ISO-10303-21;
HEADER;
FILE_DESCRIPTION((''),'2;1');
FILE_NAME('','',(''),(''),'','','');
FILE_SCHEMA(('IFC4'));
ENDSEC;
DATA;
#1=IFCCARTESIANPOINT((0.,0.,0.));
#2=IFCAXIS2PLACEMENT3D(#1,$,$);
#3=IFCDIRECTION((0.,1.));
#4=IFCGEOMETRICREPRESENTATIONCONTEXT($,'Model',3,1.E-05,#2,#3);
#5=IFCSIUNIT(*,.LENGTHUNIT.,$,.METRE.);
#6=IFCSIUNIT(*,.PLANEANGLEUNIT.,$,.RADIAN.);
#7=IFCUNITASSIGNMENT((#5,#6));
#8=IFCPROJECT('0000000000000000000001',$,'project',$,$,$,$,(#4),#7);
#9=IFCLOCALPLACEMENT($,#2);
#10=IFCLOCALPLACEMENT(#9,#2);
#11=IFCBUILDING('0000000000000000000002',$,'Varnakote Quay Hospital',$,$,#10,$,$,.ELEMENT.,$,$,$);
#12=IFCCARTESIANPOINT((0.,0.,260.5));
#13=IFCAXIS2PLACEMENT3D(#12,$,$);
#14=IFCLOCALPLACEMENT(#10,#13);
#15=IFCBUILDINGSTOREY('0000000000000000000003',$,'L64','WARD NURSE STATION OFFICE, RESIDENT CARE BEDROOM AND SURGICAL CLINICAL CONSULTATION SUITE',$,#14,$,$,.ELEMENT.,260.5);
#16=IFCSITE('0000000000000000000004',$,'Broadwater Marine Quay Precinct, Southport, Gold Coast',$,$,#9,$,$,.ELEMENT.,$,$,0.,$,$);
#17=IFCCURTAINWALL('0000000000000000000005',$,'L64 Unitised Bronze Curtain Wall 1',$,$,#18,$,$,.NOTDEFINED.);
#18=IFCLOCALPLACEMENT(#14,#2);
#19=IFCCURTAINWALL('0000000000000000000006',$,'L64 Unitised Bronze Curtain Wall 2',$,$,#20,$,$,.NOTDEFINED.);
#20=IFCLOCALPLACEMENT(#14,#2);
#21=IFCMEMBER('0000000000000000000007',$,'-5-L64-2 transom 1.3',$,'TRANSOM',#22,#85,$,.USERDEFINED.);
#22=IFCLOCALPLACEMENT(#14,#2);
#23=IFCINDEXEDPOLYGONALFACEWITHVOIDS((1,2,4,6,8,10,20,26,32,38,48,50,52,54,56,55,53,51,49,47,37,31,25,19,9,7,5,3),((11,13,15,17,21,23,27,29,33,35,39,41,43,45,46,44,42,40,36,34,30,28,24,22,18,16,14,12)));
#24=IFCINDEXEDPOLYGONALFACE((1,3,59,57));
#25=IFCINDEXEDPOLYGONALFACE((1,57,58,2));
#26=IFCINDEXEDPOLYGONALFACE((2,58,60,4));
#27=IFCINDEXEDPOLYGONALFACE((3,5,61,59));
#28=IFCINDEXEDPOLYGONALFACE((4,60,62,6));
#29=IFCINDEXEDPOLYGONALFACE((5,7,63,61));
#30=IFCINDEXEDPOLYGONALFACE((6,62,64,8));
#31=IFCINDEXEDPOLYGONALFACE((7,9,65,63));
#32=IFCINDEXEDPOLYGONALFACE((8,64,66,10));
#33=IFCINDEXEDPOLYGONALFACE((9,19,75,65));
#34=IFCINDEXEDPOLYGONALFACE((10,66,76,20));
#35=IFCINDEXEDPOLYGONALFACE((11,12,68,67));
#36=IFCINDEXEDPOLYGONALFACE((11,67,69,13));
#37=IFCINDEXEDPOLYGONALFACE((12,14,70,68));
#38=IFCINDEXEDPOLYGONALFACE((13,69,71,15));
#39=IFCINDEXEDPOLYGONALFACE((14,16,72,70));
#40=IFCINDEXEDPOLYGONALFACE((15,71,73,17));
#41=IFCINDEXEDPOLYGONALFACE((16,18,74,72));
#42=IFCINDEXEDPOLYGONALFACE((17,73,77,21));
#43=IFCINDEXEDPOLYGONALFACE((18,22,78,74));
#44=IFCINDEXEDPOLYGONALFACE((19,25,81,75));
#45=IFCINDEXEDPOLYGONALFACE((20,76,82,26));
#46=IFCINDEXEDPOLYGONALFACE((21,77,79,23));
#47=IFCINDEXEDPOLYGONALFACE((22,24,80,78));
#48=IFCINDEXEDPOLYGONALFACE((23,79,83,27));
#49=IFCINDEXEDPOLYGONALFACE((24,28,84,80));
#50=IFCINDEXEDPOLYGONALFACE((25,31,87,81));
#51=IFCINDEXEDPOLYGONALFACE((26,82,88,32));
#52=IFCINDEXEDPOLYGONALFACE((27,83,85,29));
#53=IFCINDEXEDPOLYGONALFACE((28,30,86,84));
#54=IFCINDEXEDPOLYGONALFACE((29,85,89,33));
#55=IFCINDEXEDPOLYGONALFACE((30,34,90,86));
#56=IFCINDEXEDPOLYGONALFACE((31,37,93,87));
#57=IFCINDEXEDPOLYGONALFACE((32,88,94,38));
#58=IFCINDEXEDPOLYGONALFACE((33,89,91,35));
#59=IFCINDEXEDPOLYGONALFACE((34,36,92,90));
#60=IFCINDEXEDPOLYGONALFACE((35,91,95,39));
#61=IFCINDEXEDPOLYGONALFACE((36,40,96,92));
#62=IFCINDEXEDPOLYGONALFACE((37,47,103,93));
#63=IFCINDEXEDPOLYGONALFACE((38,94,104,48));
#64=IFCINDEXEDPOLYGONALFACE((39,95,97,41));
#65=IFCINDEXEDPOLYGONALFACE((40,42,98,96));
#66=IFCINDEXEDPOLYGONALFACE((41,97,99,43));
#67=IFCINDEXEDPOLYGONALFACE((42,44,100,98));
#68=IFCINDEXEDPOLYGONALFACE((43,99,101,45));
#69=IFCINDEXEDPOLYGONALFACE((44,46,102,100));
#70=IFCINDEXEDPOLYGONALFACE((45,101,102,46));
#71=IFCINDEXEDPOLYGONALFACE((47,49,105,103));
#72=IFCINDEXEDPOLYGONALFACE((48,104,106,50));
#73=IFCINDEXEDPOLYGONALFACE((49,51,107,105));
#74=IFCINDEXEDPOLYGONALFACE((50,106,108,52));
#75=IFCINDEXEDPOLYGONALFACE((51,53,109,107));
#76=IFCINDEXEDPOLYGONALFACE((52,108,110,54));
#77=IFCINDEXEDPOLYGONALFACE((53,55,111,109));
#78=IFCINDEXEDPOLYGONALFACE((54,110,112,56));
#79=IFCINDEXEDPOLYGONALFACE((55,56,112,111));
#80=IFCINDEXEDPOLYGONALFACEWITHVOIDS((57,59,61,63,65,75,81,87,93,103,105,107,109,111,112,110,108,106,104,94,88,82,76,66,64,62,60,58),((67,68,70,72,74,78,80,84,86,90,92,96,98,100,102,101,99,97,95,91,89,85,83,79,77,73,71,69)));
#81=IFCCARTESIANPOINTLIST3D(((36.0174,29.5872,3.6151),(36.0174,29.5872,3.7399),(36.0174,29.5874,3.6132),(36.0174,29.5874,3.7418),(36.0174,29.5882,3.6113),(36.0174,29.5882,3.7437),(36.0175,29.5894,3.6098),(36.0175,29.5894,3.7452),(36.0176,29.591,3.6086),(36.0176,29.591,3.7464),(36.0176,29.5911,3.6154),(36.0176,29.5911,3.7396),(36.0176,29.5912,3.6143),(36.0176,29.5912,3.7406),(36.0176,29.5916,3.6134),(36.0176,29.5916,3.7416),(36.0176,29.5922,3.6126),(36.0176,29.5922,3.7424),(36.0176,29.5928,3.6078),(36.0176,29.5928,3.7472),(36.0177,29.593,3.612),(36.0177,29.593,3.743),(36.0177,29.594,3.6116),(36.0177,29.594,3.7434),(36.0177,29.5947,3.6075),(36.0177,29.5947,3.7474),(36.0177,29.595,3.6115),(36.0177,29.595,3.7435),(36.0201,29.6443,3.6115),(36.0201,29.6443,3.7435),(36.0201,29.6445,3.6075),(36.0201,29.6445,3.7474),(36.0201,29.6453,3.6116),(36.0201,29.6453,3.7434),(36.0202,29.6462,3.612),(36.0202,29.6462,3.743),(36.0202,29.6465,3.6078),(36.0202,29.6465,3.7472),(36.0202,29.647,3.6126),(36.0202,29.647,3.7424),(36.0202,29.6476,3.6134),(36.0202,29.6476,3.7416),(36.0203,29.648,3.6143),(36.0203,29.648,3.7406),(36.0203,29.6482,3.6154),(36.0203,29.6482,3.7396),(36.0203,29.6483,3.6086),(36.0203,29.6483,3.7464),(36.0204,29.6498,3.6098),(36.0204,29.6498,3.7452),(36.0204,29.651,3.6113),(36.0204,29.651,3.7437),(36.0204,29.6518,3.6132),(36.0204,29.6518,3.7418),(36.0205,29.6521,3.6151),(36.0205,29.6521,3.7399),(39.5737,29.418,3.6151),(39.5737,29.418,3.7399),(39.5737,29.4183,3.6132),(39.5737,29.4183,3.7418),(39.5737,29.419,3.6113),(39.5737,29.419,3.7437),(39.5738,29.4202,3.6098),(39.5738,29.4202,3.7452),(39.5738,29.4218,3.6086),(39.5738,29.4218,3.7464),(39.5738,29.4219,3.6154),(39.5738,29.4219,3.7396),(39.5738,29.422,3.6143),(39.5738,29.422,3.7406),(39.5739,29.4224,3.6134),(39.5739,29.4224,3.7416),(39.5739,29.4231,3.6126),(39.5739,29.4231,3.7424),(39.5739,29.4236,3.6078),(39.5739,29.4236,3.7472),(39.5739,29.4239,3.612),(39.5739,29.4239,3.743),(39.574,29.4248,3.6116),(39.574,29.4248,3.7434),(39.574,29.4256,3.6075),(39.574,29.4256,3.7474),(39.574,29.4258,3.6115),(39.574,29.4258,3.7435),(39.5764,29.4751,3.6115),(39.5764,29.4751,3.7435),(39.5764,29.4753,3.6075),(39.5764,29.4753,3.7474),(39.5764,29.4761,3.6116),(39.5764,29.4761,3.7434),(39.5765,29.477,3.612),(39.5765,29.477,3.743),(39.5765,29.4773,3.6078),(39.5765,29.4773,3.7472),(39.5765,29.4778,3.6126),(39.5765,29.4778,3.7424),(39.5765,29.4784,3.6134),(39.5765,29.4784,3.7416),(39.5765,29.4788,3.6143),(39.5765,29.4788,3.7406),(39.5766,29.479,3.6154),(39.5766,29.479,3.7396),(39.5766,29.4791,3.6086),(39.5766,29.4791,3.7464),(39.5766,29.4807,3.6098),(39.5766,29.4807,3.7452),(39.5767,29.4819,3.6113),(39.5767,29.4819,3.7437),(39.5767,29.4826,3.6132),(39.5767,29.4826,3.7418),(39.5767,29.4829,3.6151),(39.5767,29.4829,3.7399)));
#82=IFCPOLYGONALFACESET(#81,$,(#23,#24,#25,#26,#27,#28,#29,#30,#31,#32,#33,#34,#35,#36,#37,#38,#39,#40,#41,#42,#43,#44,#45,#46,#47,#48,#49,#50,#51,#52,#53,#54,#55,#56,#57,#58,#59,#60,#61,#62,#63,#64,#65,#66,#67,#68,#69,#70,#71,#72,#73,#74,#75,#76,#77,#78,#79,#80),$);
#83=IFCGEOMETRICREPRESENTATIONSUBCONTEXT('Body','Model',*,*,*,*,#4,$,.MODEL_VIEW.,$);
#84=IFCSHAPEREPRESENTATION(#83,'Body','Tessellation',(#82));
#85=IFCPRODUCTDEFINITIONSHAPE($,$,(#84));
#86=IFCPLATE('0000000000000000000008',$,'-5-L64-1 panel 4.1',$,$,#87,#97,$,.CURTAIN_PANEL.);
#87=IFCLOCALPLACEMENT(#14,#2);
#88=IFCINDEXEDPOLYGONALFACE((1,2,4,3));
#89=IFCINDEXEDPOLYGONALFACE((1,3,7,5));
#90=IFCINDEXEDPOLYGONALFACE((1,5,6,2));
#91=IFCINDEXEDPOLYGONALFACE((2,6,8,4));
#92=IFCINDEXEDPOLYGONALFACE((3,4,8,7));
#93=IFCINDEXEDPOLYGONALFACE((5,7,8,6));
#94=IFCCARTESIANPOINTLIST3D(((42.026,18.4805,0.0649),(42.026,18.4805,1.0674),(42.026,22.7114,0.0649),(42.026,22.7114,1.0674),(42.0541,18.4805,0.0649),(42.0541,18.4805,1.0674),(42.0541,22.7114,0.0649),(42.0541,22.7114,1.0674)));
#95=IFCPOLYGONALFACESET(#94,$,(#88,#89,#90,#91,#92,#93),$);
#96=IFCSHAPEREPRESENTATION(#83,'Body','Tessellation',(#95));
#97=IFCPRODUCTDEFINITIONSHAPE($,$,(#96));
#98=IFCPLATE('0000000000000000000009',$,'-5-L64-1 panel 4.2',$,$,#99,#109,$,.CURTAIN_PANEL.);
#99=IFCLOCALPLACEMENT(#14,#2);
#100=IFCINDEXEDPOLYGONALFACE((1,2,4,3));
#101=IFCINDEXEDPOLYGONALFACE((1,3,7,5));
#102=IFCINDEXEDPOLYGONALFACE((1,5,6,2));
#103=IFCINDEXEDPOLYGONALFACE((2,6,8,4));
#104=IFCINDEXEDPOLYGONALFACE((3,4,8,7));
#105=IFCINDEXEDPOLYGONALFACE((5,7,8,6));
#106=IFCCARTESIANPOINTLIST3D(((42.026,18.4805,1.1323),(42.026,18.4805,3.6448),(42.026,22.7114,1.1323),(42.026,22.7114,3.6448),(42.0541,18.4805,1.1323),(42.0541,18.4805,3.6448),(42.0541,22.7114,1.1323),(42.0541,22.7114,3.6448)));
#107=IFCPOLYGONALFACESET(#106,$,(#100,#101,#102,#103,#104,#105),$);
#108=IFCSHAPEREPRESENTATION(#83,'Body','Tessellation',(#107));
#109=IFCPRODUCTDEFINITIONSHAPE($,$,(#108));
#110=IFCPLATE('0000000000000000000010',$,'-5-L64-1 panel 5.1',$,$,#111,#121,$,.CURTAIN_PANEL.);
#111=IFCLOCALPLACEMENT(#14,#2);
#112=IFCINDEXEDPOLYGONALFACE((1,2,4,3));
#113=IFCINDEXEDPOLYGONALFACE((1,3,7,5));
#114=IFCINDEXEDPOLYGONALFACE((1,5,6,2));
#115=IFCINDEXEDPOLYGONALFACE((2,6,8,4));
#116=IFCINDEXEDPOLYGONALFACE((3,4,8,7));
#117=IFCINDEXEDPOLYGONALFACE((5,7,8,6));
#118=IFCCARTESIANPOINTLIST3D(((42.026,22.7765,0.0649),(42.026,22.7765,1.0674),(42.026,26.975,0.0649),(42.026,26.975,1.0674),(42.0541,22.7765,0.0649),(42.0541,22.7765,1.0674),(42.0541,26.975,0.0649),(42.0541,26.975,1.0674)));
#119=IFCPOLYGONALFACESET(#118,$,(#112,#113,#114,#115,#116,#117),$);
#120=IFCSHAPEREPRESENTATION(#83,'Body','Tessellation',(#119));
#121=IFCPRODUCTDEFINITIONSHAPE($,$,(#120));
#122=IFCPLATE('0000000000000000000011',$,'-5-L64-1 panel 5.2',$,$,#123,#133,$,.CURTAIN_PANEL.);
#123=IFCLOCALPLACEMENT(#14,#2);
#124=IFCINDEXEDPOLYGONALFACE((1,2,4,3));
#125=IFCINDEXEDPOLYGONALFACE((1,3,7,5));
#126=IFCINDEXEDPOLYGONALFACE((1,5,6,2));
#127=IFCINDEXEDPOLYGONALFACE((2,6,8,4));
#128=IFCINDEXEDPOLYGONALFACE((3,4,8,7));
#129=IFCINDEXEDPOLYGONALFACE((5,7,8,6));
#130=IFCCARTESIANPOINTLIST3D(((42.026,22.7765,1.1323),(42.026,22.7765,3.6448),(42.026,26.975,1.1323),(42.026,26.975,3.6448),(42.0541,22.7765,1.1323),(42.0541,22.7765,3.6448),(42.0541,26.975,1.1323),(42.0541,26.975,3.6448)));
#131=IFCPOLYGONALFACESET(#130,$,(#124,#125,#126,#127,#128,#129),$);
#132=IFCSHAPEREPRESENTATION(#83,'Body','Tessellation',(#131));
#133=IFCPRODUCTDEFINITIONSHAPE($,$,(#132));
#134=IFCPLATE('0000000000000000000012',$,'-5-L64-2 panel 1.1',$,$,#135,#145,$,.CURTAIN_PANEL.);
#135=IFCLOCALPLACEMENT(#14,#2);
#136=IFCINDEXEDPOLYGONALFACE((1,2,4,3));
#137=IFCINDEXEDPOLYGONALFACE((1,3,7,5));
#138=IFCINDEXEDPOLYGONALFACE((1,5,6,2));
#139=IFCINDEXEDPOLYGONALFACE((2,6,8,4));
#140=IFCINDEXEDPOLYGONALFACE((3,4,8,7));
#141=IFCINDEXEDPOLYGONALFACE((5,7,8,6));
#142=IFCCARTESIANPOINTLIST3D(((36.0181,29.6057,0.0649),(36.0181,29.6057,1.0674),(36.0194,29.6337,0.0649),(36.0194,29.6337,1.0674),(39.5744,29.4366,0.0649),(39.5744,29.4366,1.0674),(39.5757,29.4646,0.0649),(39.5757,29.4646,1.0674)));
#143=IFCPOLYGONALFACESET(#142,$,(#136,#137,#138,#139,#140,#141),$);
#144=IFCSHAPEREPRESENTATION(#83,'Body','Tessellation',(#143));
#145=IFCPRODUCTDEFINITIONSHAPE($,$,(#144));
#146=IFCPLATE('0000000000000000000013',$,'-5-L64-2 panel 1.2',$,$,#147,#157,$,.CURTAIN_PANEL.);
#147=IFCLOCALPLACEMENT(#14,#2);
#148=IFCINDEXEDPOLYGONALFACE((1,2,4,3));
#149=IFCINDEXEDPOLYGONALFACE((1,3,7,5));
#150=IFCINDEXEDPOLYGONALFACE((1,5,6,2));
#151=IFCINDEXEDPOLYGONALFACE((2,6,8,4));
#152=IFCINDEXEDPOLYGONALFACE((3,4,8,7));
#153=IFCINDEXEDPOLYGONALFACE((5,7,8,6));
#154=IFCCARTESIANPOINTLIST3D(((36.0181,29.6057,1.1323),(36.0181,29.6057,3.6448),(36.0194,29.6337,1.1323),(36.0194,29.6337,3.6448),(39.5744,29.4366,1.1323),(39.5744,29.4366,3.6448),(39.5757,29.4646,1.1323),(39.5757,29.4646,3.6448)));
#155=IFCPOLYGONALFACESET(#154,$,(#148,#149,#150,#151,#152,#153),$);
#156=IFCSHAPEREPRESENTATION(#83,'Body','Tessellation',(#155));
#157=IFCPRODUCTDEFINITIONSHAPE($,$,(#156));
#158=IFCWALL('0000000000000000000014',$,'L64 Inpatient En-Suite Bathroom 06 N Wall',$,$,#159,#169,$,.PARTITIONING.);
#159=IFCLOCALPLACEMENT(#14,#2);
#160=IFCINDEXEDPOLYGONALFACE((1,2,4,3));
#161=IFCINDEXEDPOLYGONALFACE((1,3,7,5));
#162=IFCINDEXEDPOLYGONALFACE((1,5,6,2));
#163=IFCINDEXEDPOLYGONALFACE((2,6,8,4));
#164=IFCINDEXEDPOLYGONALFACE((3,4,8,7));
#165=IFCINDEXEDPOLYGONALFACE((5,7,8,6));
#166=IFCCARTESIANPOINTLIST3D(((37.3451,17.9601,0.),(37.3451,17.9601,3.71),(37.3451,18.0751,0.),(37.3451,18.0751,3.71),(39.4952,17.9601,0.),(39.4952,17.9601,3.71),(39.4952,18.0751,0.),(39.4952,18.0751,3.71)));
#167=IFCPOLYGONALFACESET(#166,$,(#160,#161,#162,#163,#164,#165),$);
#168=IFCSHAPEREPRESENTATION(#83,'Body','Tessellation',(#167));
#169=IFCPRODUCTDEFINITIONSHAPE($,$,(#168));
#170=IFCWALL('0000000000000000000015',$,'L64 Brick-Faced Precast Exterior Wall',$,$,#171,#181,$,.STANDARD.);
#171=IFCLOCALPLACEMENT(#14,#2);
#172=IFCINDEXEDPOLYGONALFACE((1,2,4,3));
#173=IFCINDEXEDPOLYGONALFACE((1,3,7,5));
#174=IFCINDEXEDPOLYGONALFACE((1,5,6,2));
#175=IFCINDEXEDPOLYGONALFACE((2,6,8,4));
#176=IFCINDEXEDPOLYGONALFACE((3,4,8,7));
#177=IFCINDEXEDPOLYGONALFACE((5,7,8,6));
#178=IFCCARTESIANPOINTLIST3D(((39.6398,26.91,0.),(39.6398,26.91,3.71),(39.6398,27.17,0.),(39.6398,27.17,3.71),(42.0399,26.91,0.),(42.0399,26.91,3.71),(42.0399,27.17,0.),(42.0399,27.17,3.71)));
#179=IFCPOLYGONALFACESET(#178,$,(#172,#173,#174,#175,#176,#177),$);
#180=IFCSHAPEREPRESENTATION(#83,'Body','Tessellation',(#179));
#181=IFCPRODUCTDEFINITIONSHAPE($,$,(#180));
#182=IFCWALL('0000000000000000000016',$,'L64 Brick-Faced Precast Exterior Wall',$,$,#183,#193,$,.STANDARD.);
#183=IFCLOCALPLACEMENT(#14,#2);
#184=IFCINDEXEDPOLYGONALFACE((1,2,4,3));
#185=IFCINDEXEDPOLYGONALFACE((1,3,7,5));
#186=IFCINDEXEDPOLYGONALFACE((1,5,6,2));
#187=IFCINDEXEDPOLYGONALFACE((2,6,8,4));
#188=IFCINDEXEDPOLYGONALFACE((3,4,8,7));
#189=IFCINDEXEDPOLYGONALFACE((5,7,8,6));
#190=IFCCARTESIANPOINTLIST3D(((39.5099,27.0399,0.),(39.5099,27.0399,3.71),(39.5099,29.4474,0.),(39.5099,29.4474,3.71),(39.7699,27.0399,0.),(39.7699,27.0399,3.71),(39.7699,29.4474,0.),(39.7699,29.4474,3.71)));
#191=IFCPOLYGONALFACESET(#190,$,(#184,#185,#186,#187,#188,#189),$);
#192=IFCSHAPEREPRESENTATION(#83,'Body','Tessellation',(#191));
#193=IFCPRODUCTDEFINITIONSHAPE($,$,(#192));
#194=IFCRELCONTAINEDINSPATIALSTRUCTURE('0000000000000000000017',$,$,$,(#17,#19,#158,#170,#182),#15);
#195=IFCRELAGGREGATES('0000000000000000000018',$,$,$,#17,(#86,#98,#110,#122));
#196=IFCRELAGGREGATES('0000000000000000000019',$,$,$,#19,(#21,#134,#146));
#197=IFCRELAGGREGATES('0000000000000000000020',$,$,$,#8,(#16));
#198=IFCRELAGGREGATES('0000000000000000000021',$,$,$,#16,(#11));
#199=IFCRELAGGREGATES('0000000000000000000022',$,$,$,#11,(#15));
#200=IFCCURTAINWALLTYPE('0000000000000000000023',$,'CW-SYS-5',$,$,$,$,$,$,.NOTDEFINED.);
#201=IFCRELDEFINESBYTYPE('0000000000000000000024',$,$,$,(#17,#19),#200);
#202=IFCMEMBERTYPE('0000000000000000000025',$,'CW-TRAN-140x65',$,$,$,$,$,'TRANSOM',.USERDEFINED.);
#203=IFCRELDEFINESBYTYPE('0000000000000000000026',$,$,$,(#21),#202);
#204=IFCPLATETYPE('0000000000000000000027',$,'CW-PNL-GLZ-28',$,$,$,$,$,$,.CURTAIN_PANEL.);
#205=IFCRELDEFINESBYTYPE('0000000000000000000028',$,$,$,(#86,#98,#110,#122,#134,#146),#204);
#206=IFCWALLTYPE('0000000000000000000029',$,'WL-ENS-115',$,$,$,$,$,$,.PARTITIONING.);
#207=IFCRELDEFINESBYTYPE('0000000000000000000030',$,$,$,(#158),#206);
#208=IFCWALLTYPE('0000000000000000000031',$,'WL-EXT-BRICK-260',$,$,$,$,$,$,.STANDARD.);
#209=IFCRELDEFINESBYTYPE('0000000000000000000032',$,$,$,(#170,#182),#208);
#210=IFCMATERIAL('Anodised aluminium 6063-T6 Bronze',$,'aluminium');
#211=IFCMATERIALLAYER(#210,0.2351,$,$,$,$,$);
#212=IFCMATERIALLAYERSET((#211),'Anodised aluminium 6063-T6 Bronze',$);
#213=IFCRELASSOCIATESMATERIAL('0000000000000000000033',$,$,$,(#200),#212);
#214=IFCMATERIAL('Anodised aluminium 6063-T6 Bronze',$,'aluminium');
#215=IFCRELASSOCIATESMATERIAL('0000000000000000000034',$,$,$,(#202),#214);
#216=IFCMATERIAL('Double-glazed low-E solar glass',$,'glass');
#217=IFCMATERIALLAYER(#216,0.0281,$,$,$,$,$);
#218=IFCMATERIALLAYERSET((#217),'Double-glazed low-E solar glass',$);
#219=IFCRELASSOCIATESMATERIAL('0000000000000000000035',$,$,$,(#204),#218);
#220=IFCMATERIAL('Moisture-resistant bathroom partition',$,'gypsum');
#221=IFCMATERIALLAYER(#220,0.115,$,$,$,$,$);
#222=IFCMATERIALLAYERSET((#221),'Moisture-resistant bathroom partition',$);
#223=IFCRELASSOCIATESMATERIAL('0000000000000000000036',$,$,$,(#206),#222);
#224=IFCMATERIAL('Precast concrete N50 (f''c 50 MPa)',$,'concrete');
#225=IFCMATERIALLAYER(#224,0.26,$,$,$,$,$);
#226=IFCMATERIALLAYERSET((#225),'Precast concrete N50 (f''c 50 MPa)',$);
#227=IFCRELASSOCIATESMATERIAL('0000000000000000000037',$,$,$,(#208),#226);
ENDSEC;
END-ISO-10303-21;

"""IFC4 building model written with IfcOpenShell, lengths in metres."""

from ifc_helpers import new_model, si_unit, direction, frame, frame_2d, origin, origin_2d, place, context, subcontext, project, spatial, rectangle, hollow_rectangle, extrude, material, layer, layer_set, material_profile, profile_set, type_object, element, aggregate, save


model = new_model("IFC4")

# Units and contexts
model_context = context("Model", 3, precision=1e-05, world=origin(), true_north=direction((0.0, 1.0)))
body_context = subcontext(model_context, "Body", "Model", "MODEL_VIEW")
ifc_project = project(units=[si_unit("LENGTHUNIT", "METRE"), si_unit("PLANEANGLEUNIT", "RADIAN")], contexts=[model_context])

# Site, building, storey
site_placement = place(None, origin())
site = spatial("IfcSite", under=ifc_project, at=site_placement, Name="Broadwater Marine Quay Precinct, Southport, Gold Coast", CompositionType="ELEMENT", RefElevation=0.0)
building_placement = place(site_placement, origin())
building = spatial("IfcBuilding", under=site, at=building_placement, Name="Varnakote Quay Hospital", CompositionType="ELEMENT")
storey_placement = place(building_placement, frame((0.0, 0.0, 260.5)))
storey = spatial("IfcBuildingStorey", under=building, at=storey_placement, Name="L64", Description="WARD NURSE STATION OFFICE, RESIDENT CARE BEDROOM AND SURGICAL CLINICAL CONSULTATION SUITE", CompositionType="ELEMENT", Elevation=260.5)

# Curtain wall
ifc_material_1 = material(Name="Anodised aluminium 6063-T6 Bronze", Category="aluminium")
ifc_layer_1 = layer(ifc_material_1, 0.2351)
ifc_layer_set_1 = layer_set([ifc_layer_1], Name="Anodised aluminium 6063-T6 Bronze")
curtain_wall_type = type_object("IfcCurtainWallType", Name="CW-SYS-5", PredefinedType="NOTDEFINED", material=ifc_layer_set_1)
curtain_wall_1_placement = place(storey_placement, origin())
curtain_wall_1 = element("IfcCurtainWall", 1, at=curtain_wall_1_placement, inside=storey, type_object=curtain_wall_type, Name="L64 Unitised Bronze Curtain Wall 1", PredefinedType="NOTDEFINED")

# Curtain wall
curtain_wall_2_placement = place(storey_placement, origin())
curtain_wall_2 = element("IfcCurtainWall", 2, at=curtain_wall_2_placement, inside=storey, type_object=curtain_wall_type, Name="L64 Unitised Bronze Curtain Wall 2", PredefinedType="NOTDEFINED")

# Member
ifc_material_2 = material(Name="Anodised aluminium 6063-T6 Bronze", Category="aluminium")
ifc_material_profile_1 = material_profile(ifc_material_2, hollow_rectangle(XDim=0.0649, YDim=0.1399, WallThickness=0.0039, InnerFilletRadius=0.0039, OuterFilletRadius=0.0076, at=origin_2d()), Name="CW-TRAN-140x65")
ifc_profile_set_1 = profile_set([ifc_material_profile_1], Name="Anodised aluminium 6063-T6 Bronze")
member_type_1 = type_object("IfcMemberType", Name="CW-TRAN-140x65", ElementType="TRANSOM", PredefinedType="USERDEFINED", material=ifc_profile_set_1)
member_1_placement = place(storey_placement, frame((39.5752, 29.4504, 3.6775), z_axis=(-0.99887, 0.04752, 0.0), x_axis=(-0.04752, -0.99887, 0.0)))
member_1 = element("IfcMember", 3, at=member_1_placement, type_object=member_type_1, Name="-5-L64-2 transom 1.3", ObjectType="TRANSOM", PredefinedType="USERDEFINED", context=body_context, shape_type="SweptSolid", body=[
    extrude(hollow_rectangle(XDim=0.0649, YDim=0.1399, WallThickness=0.0039, InnerFilletRadius=0.0039, OuterFilletRadius=0.0076, at=origin_2d()), origin(), (0.0, 0.0, 1.0), 3.5603),
])

# Plates
ifc_material_3 = material(Name="Double-glazed low-E solar glass", Category="glass")
ifc_layer_2 = layer(ifc_material_3, 0.0281)
ifc_layer_set_2 = layer_set([ifc_layer_2], Name="Double-glazed low-E solar glass")
plate_type = type_object("IfcPlateType", Name="CW-PNL-GLZ-28", PredefinedType="CURTAIN_PANEL", material=ifc_layer_set_2)
plate_1_placement = place(storey_placement, frame((42.04, 20.5959, 0.0649), z_axis=(0.0, 0.0, 1.0), x_axis=(0.0, 1.0, 0.0)))
plate_1 = element("IfcPlate", 4, at=plate_1_placement, type_object=plate_type, Name="-5-L64-1 panel 4.1", PredefinedType="CURTAIN_PANEL", context=body_context, shape_type="SweptSolid", body=[
    extrude(rectangle(XDim=4.231, YDim=0.0281, at=origin_2d()), origin(), (0.0, 0.0, 1.0), 1.0024),
])
plate_2_placement = place(storey_placement, frame((42.04, 20.5959, 1.1323), z_axis=(0.0, 0.0, 1.0), x_axis=(0.0, 1.0, 0.0)))
plate_2 = element("IfcPlate", 5, at=plate_2_placement, type_object=plate_type, Name="-5-L64-1 panel 4.2", PredefinedType="CURTAIN_PANEL", context=body_context, shape_type="SweptSolid", body=[
    extrude(rectangle(XDim=4.231, YDim=0.0281, at=origin_2d()), origin(), (0.0, 0.0, 1.0), 2.5125),
])
plate_3_placement = place(storey_placement, frame((42.04, 24.8757, 0.0649), z_axis=(0.0, 0.0, 1.0), x_axis=(0.0, 1.0, 0.0)))
plate_3 = element("IfcPlate", 6, at=plate_3_placement, type_object=plate_type, Name="-5-L64-1 panel 5.1", PredefinedType="CURTAIN_PANEL", context=body_context, shape_type="SweptSolid", body=[
    extrude(rectangle(XDim=4.1985, YDim=0.0281, at=origin_2d()), origin(), (0.0, 0.0, 1.0), 1.0024),
])
plate_4_placement = place(storey_placement, frame((42.04, 24.8757, 1.1323), z_axis=(0.0, 0.0, 1.0), x_axis=(0.0, 1.0, 0.0)))
plate_4 = element("IfcPlate", 7, at=plate_4_placement, type_object=plate_type, Name="-5-L64-1 panel 5.2", PredefinedType="CURTAIN_PANEL", context=body_context, shape_type="SweptSolid", body=[
    extrude(rectangle(XDim=4.1985, YDim=0.0281, at=origin_2d()), origin(), (0.0, 0.0, 1.0), 2.5125),
])
aggregate(curtain_wall_1, [plate_1, plate_2, plate_3, plate_4])
plate_5_placement = place(storey_placement, frame((37.7969, 29.5352, 0.0649), z_axis=(0.0, 0.0, 1.0), x_axis=(-0.998871, 0.047497, 0.0)))
plate_5 = element("IfcPlate", 8, at=plate_5_placement, type_object=plate_type, Name="-5-L64-2 panel 1.1", PredefinedType="CURTAIN_PANEL", context=body_context, shape_type="SweptSolid", body=[
    extrude(rectangle(XDim=3.5603, YDim=0.0281, at=origin_2d()), origin(), (0.0, 0.0, 1.0), 1.0024),
])
plate_6_placement = place(storey_placement, frame((37.7969, 29.5352, 1.1323), z_axis=(0.0, 0.0, 1.0), x_axis=(-0.998871, 0.047497, 0.0)))
plate_6 = element("IfcPlate", 9, at=plate_6_placement, type_object=plate_type, Name="-5-L64-2 panel 1.2", PredefinedType="CURTAIN_PANEL", context=body_context, shape_type="SweptSolid", body=[
    extrude(rectangle(XDim=3.5603, YDim=0.0281, at=origin_2d()), origin(), (0.0, 0.0, 1.0), 2.5125),
])
aggregate(curtain_wall_2, [member_1, plate_5, plate_6])

# Walls
ifc_material_4 = material(Name="Moisture-resistant bathroom partition", Category="gypsum")
ifc_layer_3 = layer(ifc_material_4, 0.115)
ifc_layer_set_3 = layer_set([ifc_layer_3], Name="Moisture-resistant bathroom partition")
wall_type_1 = type_object("IfcWallType", Name="WL-ENS-115", PredefinedType="PARTITIONING", material=ifc_layer_set_3)
wall_1_placement = place(storey_placement, frame((37.345, 18.0176, 0.0), z_axis=(0.0, 0.0, 1.0), x_axis=(1.0, 0.0, 0.0)))
element("IfcWall", 10, at=wall_1_placement, inside=storey, type_object=wall_type_1, Name="L64 Inpatient En-Suite Bathroom 06 N Wall", PredefinedType="PARTITIONING", context=body_context, shape_type="SweptSolid", body=[
    extrude(rectangle(XDim=2.1501, YDim=0.115, at=frame_2d((1.0752, 0.0))), origin(), (0.0, 0.0, 1.0), 3.71),
])
ifc_material_5 = material(Name="Precast concrete N50 (f'c 50 MPa)", Category="concrete")
ifc_layer_4 = layer(ifc_material_5, 0.26)
ifc_layer_set_4 = layer_set([ifc_layer_4], Name="Precast concrete N50 (f'c 50 MPa)")
wall_type_2 = type_object("IfcWallType", Name="WL-EXT-BRICK-260", PredefinedType="STANDARD", material=ifc_layer_set_4)
wall_2_placement = place(storey_placement, frame((42.04, 27.04, 0.0), z_axis=(0.0, 0.0, 1.0), x_axis=(-1.0, 0.0, 0.0)))
element("IfcWall", 11, at=wall_2_placement, inside=storey, type_object=wall_type_2, Name="L64 Brick-Faced Precast Exterior Wall", PredefinedType="STANDARD", context=body_context, shape_type="SweptSolid", body=[
    extrude(rectangle(XDim=2.4001, YDim=0.26, at=frame_2d((1.2002, 0.0))), origin(), (0.0, 0.0, 1.0), 3.71),
])
wall_3_placement = place(storey_placement, frame((39.6399, 27.04, 0.0), z_axis=(0.0, 0.0, 1.0), x_axis=(0.0, 1.0, 0.0)))
element("IfcWall", 12, at=wall_3_placement, inside=storey, type_object=wall_type_2, Name="L64 Brick-Faced Precast Exterior Wall", PredefinedType="STANDARD", context=body_context, shape_type="SweptSolid", body=[
    extrude(rectangle(XDim=2.4075, YDim=0.26, at=frame_2d((1.2036, 0.0))), origin(), (0.0, 0.0, 1.0), 3.71),
])

save(model, "model.ifc")
